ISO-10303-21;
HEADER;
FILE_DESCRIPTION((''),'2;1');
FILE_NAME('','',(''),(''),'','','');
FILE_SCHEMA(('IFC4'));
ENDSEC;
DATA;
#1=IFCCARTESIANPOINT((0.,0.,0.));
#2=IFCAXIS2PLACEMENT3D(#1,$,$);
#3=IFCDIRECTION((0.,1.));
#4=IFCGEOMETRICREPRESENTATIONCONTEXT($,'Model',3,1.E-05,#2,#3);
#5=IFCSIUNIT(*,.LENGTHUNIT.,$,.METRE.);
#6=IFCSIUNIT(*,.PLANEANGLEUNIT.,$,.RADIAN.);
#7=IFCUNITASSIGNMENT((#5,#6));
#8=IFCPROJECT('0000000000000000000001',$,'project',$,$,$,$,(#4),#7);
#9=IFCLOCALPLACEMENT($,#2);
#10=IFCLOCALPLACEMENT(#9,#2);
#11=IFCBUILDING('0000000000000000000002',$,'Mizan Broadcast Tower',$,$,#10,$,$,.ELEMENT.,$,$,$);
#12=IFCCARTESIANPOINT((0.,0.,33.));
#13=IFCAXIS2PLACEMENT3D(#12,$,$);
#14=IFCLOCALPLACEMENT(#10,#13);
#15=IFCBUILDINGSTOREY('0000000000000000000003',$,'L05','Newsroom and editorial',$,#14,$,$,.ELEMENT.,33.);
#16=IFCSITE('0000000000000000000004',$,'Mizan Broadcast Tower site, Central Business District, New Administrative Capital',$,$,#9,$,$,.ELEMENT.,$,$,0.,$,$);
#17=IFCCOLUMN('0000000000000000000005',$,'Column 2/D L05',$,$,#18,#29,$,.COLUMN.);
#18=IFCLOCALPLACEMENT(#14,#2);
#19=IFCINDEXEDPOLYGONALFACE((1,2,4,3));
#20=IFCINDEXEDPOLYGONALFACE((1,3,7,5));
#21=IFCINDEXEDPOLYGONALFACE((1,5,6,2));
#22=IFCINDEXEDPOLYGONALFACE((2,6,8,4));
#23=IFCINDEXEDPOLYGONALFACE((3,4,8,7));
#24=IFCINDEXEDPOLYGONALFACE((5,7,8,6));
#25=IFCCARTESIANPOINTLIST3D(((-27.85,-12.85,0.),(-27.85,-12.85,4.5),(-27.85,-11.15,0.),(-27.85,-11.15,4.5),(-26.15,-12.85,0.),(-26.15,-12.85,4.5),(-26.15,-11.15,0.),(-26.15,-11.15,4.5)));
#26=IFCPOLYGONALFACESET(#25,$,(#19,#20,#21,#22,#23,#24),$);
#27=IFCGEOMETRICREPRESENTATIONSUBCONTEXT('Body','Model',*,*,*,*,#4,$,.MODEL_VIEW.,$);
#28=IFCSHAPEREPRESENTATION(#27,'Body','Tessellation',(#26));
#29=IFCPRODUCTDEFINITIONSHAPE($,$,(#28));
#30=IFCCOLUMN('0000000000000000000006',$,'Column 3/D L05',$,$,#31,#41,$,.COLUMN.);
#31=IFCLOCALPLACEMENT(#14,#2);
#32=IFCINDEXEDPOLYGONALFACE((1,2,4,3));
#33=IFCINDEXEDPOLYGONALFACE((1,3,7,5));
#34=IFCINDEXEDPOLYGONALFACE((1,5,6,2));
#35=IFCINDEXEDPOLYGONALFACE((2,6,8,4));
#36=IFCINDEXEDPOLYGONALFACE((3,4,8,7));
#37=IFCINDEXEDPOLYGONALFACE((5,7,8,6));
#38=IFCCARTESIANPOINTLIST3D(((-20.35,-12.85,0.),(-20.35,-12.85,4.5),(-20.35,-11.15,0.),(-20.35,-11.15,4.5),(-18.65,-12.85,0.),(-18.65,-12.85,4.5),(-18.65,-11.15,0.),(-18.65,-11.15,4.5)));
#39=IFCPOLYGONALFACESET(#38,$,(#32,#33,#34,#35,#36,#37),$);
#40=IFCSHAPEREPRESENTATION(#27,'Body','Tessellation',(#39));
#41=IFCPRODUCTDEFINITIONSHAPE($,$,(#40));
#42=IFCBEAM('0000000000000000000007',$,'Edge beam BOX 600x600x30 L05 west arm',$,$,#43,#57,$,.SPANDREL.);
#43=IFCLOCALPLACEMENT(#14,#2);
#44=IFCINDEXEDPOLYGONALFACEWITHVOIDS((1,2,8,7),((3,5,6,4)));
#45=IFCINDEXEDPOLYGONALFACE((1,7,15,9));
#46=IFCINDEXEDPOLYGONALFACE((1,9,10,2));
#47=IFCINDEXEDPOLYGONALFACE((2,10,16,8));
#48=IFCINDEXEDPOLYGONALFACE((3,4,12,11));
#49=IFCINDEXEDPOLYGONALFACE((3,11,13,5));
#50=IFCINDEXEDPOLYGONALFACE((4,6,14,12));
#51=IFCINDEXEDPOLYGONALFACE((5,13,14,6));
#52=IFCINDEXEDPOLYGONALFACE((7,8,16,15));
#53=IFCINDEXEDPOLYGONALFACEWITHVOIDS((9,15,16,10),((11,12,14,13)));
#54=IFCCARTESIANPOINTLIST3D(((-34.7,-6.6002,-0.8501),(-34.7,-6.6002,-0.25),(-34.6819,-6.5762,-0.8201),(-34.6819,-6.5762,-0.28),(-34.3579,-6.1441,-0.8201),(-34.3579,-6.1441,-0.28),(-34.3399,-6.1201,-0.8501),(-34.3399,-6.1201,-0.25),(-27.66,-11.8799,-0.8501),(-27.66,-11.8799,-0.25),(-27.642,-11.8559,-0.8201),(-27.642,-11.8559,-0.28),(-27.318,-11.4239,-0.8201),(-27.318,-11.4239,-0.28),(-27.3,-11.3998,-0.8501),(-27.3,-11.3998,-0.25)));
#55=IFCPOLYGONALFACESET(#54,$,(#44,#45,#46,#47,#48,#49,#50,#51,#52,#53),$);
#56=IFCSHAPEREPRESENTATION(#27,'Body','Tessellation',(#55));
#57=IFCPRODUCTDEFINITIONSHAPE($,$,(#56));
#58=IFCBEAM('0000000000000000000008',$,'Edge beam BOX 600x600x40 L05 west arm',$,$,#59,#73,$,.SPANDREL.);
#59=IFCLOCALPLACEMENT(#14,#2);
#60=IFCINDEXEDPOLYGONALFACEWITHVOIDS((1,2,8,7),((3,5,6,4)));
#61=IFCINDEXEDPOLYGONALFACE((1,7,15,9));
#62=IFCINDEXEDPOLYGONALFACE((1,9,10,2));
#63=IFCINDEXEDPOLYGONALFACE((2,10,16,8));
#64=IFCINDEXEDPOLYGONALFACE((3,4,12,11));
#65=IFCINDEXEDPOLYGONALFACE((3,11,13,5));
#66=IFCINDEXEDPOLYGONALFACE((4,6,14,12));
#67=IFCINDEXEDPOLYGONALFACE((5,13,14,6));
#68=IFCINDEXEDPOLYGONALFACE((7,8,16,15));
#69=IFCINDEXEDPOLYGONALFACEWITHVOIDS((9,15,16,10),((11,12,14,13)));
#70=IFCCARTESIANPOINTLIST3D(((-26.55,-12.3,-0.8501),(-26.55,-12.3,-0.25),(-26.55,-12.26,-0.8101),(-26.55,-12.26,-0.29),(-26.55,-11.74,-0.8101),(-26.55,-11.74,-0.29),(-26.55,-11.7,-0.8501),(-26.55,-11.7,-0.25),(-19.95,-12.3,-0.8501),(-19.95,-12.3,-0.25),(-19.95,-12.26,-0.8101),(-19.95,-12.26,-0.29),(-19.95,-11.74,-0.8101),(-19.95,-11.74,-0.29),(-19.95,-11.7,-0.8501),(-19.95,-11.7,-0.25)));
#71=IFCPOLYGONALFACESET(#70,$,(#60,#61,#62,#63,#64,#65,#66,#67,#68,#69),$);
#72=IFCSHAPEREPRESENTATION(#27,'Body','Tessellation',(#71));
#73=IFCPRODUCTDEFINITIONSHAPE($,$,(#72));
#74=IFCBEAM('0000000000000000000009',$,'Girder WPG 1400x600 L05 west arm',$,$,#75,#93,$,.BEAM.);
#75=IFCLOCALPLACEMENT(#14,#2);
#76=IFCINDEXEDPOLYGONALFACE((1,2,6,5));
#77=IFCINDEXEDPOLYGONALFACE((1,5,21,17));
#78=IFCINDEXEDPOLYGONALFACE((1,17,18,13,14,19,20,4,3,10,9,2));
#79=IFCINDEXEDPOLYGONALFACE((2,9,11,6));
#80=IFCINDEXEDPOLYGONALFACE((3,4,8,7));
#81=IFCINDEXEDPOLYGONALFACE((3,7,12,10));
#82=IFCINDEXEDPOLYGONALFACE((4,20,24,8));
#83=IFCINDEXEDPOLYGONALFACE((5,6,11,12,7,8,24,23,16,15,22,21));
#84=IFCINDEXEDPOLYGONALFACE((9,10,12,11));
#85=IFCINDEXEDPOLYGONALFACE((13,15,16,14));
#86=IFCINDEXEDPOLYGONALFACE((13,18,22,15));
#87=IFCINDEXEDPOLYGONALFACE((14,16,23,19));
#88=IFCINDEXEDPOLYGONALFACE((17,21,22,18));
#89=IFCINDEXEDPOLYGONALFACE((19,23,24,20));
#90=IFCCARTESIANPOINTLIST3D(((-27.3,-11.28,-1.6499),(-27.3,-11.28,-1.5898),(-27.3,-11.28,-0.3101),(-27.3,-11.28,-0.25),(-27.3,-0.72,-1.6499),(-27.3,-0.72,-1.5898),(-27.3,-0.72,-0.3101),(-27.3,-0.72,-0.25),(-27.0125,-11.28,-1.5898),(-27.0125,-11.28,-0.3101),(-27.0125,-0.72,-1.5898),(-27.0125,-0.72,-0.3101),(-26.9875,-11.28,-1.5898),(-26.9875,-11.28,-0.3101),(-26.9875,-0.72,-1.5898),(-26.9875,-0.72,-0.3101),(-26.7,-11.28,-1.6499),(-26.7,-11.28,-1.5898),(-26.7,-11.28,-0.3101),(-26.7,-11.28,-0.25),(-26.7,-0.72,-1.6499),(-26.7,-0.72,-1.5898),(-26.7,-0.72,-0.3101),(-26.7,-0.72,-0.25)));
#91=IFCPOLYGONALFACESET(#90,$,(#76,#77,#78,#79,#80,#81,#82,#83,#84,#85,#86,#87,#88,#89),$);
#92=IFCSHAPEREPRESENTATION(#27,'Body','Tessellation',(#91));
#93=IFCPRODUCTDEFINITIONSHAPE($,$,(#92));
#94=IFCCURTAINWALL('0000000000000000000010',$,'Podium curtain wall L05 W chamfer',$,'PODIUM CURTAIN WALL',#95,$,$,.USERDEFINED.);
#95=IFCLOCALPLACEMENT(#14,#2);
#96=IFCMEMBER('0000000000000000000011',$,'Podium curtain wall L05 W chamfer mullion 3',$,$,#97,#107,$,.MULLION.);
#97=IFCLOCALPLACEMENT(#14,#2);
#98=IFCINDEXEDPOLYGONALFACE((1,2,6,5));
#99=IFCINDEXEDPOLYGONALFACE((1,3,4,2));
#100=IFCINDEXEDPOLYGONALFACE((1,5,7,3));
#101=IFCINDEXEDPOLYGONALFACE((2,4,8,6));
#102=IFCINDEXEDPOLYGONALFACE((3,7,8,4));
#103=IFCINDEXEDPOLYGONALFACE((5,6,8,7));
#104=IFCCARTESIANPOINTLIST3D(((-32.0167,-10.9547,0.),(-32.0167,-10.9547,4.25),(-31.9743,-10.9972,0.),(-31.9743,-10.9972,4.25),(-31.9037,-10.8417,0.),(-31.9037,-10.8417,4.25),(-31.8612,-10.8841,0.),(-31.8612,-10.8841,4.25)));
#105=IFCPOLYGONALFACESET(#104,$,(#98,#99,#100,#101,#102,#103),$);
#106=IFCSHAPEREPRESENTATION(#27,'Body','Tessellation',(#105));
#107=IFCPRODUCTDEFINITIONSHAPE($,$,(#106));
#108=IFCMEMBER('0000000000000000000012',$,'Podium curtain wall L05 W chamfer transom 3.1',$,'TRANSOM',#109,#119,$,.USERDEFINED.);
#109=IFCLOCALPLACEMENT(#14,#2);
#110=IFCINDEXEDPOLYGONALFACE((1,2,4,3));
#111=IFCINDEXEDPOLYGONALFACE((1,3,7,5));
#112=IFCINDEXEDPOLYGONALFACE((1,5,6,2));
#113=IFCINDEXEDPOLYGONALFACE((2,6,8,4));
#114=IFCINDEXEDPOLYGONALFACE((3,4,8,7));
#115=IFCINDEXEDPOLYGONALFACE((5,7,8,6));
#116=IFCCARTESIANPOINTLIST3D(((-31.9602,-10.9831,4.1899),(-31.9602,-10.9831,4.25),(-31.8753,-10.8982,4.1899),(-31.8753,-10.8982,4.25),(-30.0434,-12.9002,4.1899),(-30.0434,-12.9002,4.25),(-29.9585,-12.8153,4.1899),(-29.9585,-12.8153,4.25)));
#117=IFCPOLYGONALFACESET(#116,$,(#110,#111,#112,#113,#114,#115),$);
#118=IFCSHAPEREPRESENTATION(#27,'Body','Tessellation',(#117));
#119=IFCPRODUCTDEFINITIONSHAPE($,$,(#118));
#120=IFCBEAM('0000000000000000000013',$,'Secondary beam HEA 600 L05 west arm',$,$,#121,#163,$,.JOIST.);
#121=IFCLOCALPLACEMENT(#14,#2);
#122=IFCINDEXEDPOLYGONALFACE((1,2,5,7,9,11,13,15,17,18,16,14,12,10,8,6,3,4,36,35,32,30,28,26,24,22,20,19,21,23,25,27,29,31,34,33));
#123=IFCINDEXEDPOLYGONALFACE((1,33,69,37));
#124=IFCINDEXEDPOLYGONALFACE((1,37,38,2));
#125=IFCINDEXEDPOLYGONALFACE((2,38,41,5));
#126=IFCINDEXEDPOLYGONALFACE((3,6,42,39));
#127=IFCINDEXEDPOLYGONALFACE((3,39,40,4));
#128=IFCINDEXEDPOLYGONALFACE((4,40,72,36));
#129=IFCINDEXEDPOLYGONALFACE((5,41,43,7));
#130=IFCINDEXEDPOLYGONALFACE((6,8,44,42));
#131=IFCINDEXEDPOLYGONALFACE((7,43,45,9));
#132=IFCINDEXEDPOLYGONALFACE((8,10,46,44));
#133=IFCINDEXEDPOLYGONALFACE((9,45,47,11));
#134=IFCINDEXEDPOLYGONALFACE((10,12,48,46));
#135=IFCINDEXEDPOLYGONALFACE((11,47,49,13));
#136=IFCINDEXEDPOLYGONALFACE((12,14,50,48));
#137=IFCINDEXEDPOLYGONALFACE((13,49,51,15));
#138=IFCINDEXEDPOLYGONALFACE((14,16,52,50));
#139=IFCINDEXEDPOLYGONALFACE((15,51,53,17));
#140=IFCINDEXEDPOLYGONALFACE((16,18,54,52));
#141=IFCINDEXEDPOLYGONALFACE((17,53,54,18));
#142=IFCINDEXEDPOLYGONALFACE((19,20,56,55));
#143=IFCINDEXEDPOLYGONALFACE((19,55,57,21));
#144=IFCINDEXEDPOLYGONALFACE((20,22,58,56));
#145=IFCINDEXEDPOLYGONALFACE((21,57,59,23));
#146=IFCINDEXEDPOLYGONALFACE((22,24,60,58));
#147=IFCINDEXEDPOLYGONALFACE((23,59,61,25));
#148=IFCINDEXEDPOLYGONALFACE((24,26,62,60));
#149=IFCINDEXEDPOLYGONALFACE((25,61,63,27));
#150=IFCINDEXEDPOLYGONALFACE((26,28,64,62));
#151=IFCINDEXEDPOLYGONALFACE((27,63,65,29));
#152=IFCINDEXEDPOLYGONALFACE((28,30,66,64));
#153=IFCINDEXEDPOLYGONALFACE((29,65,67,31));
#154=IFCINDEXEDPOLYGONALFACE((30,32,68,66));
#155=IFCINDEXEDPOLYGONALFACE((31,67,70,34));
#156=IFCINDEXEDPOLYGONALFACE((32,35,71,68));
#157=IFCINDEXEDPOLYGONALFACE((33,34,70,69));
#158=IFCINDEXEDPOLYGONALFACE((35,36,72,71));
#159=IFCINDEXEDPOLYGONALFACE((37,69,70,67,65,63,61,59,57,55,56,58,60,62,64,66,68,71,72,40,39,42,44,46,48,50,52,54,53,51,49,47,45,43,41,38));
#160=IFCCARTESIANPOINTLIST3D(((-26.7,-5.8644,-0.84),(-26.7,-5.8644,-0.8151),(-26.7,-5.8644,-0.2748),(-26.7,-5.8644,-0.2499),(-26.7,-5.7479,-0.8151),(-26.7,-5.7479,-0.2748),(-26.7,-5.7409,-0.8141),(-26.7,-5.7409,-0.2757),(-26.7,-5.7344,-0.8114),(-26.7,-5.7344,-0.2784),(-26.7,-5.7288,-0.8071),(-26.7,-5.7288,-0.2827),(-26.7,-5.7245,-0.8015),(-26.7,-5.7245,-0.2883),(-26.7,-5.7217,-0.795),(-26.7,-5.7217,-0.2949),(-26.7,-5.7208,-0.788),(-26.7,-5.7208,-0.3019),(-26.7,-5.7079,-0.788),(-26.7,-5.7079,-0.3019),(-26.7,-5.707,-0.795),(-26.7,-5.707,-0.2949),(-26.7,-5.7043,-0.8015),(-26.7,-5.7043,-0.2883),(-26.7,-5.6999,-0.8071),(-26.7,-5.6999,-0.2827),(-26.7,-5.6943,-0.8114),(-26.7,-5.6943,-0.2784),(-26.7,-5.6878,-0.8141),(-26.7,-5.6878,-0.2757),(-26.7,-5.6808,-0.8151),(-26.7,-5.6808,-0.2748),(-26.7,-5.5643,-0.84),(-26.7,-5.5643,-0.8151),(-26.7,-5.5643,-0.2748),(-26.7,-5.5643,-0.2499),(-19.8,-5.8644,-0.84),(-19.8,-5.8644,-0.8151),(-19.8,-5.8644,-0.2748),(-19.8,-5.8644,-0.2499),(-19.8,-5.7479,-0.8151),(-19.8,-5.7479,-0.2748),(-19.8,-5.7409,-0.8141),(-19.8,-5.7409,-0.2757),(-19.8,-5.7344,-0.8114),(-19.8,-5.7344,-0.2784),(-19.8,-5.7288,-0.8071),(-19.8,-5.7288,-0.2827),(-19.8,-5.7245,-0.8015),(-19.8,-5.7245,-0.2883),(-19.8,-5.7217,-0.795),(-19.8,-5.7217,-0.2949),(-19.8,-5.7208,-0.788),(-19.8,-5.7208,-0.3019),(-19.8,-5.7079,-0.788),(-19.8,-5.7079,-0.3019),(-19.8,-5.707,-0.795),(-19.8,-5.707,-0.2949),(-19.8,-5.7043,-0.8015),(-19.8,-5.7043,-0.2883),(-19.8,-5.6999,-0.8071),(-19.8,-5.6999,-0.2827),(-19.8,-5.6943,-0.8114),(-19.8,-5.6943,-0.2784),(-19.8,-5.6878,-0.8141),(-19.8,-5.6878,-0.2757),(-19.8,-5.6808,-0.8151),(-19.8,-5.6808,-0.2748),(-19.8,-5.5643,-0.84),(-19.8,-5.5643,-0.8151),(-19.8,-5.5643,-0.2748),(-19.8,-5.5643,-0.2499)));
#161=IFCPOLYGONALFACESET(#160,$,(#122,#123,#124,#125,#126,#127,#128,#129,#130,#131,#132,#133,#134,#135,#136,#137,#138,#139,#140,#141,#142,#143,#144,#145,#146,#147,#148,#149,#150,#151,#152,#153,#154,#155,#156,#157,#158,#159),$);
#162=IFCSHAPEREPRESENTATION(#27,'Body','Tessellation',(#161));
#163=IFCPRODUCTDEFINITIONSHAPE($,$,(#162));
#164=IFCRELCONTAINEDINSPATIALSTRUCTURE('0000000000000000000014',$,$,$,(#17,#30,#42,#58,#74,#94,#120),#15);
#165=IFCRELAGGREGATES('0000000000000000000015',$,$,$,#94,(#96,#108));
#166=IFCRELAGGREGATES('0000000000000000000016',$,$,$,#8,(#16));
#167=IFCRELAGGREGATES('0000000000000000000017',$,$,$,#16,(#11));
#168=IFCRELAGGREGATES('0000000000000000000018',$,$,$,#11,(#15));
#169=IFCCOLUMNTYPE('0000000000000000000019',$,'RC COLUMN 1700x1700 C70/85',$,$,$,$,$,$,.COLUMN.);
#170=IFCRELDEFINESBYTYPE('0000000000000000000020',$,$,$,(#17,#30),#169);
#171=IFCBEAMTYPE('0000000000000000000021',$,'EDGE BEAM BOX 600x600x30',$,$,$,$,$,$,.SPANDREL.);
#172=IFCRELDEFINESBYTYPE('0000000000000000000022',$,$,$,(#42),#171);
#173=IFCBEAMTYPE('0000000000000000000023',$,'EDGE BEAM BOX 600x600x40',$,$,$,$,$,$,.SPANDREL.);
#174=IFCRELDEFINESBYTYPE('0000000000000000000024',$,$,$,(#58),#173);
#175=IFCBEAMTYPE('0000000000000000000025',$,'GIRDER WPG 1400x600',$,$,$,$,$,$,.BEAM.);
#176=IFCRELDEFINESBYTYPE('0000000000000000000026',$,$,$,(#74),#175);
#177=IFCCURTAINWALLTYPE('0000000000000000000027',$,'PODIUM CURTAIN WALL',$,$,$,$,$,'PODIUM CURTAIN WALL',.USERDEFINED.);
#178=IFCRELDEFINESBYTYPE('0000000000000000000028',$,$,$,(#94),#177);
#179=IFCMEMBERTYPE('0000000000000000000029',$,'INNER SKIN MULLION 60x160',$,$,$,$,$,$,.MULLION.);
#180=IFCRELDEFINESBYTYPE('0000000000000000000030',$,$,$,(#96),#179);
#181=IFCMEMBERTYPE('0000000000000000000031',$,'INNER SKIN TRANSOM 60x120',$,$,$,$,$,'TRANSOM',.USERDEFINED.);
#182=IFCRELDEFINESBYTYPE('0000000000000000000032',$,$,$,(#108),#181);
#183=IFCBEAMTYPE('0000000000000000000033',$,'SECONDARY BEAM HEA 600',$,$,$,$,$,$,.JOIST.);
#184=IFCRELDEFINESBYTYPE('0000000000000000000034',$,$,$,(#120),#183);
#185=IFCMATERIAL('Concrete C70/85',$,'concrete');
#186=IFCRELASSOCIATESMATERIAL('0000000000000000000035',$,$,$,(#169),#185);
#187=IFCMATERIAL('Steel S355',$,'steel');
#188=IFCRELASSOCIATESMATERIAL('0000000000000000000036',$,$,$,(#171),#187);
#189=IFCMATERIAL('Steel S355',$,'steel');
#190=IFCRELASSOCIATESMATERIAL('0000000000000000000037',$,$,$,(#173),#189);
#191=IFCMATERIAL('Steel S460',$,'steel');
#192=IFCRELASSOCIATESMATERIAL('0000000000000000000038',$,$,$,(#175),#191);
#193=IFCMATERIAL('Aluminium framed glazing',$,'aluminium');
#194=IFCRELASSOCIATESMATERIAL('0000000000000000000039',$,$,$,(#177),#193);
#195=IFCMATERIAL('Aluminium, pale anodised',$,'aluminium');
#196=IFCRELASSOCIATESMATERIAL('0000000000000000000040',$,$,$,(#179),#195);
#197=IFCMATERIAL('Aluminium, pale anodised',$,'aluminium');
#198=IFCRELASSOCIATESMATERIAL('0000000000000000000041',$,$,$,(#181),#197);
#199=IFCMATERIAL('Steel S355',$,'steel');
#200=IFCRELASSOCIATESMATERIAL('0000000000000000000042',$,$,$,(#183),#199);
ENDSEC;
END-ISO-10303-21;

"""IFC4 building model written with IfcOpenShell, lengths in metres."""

from ifc_helpers import new_model, si_unit, direction, frame, origin, origin_2d, place, context, subcontext, project, spatial, rectangle, hollow_rectangle, i_section, extrude, material, material_profile, profile_set, type_object, element, aggregate, save


model = new_model("IFC4")

# Units and contexts
model_context = context("Model", 3, precision=1e-05, world=origin(), true_north=direction((0.0, 1.0)))
body_context = subcontext(model_context, "Body", "Model", "MODEL_VIEW")
ifc_project = project(units=[si_unit("LENGTHUNIT", "METRE"), si_unit("PLANEANGLEUNIT", "RADIAN")], contexts=[model_context])

# Site, building, storey
site_placement = place(None, origin())
site = spatial("IfcSite", under=ifc_project, at=site_placement, Name="Mizan Broadcast Tower site, Central Business District, New Administrative Capital", CompositionType="ELEMENT", RefElevation=0.0)
building_placement = place(site_placement, origin())
building = spatial("IfcBuilding", under=site, at=building_placement, Name="Mizan Broadcast Tower", CompositionType="ELEMENT")
storey_placement = place(building_placement, frame((0.0, 0.0, 33.0)))
storey = spatial("IfcBuildingStorey", under=building, at=storey_placement, Name="L05", Description="Newsroom and editorial", CompositionType="ELEMENT", Elevation=33.0)

# Columns
ifc_material_1 = material(Name="Concrete C70/85", Category="concrete")
ifc_material_profile_1 = material_profile(ifc_material_1, rectangle(XDim=1.7, YDim=1.7, at=origin_2d()), Name="RC 1700x1700")
ifc_profile_set_1 = profile_set([ifc_material_profile_1], Name="Concrete C70/85")
column_type = type_object("IfcColumnType", Name="RC COLUMN 1700x1700 C70/85", PredefinedType="COLUMN", material=ifc_profile_set_1)
for number, where, z_axis, x_axis, name in (
    (1, (-27.0, -12.0, 0.0), (0.0, 0.0, 1.0), (1.0, 0.0, 0.0), "Column 2/D L05"),
    (2, (-19.5, -12.0, 0.0), (0.0, 0.0, 1.0), (1.0, 0.0, 0.0), "Column 3/D L05"),
):
    element("IfcColumn", number, at=place(storey_placement, frame(where, z_axis=z_axis, x_axis=x_axis)), inside=storey, type_object=column_type, Name=name, PredefinedType="COLUMN", context=body_context, shape_type="SweptSolid", body=[
        extrude(rectangle(XDim=1.7, YDim=1.7, at=origin_2d()), origin(), (0.0, 0.0, 1.0), 4.5),
    ])

# Beams
ifc_material_2 = material(Name="Steel S355", Category="steel")
ifc_material_profile_2 = material_profile(ifc_material_2, hollow_rectangle(XDim=0.6001, YDim=0.6001, WallThickness=0.03, at=origin_2d()), Name="BOX 600x600x30")
ifc_profile_set_2 = profile_set([ifc_material_profile_2], Name="Steel S355")
beam_type_1 = type_object("IfcBeamType", Name="EDGE BEAM BOX 600x600x30", PredefinedType="SPANDREL", material=ifc_profile_set_2)
beam_1_placement = place(storey_placement, frame((-27.48, -11.6399, -0.55), z_axis=(-0.800013, 0.599982, 0.0), x_axis=(-0.599982, -0.800013, 0.0)))
element("IfcBeam", 3, at=beam_1_placement, inside=storey, type_object=beam_type_1, Name="Edge beam BOX 600x600x30 L05 west arm", PredefinedType="SPANDREL", context=body_context, shape_type="SweptSolid", body=[
    extrude(hollow_rectangle(XDim=0.6001, YDim=0.6001, WallThickness=0.03, at=origin_2d()), origin(), (0.0, 0.0, 1.0), 8.7998),
])
ifc_material_3 = material(Name="Steel S355", Category="steel")
ifc_material_profile_3 = material_profile(ifc_material_3, hollow_rectangle(XDim=0.6001, YDim=0.6001, WallThickness=0.04, at=origin_2d()), Name="BOX 600x600x40")
ifc_profile_set_3 = profile_set([ifc_material_profile_3], Name="Steel S355")
beam_type_2 = type_object("IfcBeamType", Name="EDGE BEAM BOX 600x600x40", PredefinedType="SPANDREL", material=ifc_profile_set_3)
beam_2_placement = place(storey_placement, frame((-19.95, -12.0, -0.55), z_axis=(-1.0, 0.0, 0.0), x_axis=(0.0, -1.0, 0.0)))
element("IfcBeam", 4, at=beam_2_placement, inside=storey, type_object=beam_type_2, Name="Edge beam BOX 600x600x40 L05 west arm", PredefinedType="SPANDREL", context=body_context, shape_type="SweptSolid", body=[
    extrude(hollow_rectangle(XDim=0.6001, YDim=0.6001, WallThickness=0.04, at=origin_2d()), origin(), (0.0, 0.0, 1.0), 6.6001),
])
ifc_material_4 = material(Name="Steel S460", Category="steel")
ifc_material_profile_4 = material_profile(ifc_material_4, i_section(OverallWidth=0.6001, OverallDepth=1.3999, WebThickness=0.0249, FlangeThickness=0.0601, at=origin_2d()), Name="WPG 1400x600")
ifc_profile_set_4 = profile_set([ifc_material_profile_4], Name="Steel S460")
beam_type_3 = type_object("IfcBeamType", Name="GIRDER WPG 1400x600", PredefinedType="BEAM", material=ifc_profile_set_4)
beam_3_placement = place(storey_placement, frame((-27.0, -0.72, -0.95), z_axis=(0.0, -1.0, 0.0), x_axis=(1.0, 0.0, 0.0)))
element("IfcBeam", 5, at=beam_3_placement, inside=storey, type_object=beam_type_3, Name="Girder WPG 1400x600 L05 west arm", PredefinedType="BEAM", context=body_context, shape_type="SweptSolid", body=[
    extrude(i_section(OverallWidth=0.6001, OverallDepth=1.3999, WebThickness=0.0249, FlangeThickness=0.0601, at=origin_2d()), origin(), (0.0, 0.0, 1.0), 10.5601),
])

# Curtain wall, members
ifc_material_5 = material(Name="Aluminium framed glazing", Category="aluminium")
curtain_wall_type_1 = type_object("IfcCurtainWallType", Name="PODIUM CURTAIN WALL", ElementType="PODIUM CURTAIN WALL", PredefinedType="USERDEFINED", material=ifc_material_5)
curtain_wall_1_placement = place(storey_placement, origin())
curtain_wall_1 = element("IfcCurtainWall", 6, at=curtain_wall_1_placement, inside=storey, type_object=curtain_wall_type_1, Name="Podium curtain wall L05 W chamfer", ObjectType="PODIUM CURTAIN WALL", PredefinedType="USERDEFINED")
ifc_material_6 = material(Name="Aluminium, pale anodised", Category="aluminium")
ifc_material_profile_5 = material_profile(ifc_material_6, rectangle(XDim=0.1599, YDim=0.0601, at=origin_2d()), Name="MULLION 160x60")
ifc_profile_set_5 = profile_set([ifc_material_profile_5], Name="Aluminium, pale anodised")
member_type_1 = type_object("IfcMemberType", Name="INNER SKIN MULLION 60x160", PredefinedType="MULLION", material=ifc_profile_set_5)
member_1_placement = place(storey_placement, frame((-31.939, -10.9194, 0.0), z_axis=(0.0, 0.0, 1.0), x_axis=(0.707107, 0.707107, 0.0)))
member_1 = element("IfcMember", 7, at=member_1_placement, type_object=member_type_1, Name="Podium curtain wall L05 W chamfer mullion 3", PredefinedType="MULLION", context=body_context, shape_type="SweptSolid", body=[
    extrude(rectangle(XDim=0.1599, YDim=0.0601, at=origin_2d()), origin(), (0.0, 0.0, 1.0), 4.25),
])
ifc_material_7 = material(Name="Aluminium, pale anodised", Category="aluminium")
ifc_material_profile_6 = material_profile(ifc_material_7, rectangle(XDim=0.1201, YDim=0.0601, at=origin_2d()), Name="TRANSOM 120x60")
ifc_profile_set_6 = profile_set([ifc_material_profile_6], Name="Aluminium, pale anodised")
member_type_2 = type_object("IfcMemberType", Name="INNER SKIN TRANSOM 60x120", ElementType="TRANSOM", PredefinedType="USERDEFINED", material=ifc_profile_set_6)
member_2_placement = place(storey_placement, frame((-31.9177, -10.9407, 4.22), z_axis=(0.707062, -0.707152, 0.0), x_axis=(0.707152, 0.707062, 0.0)))
member_2 = element("IfcMember", 8, at=member_2_placement, type_object=member_type_2, Name="Podium curtain wall L05 W chamfer transom 3.1", ObjectType="TRANSOM", PredefinedType="USERDEFINED", context=body_context, shape_type="SweptSolid", body=[
    extrude(rectangle(XDim=0.1201, YDim=0.0601, at=origin_2d()), origin(), (0.0, 0.0, 1.0), 2.7109),
])

# Beam
ifc_material_8 = material(Name="Steel S355", Category="steel")
ifc_material_profile_7 = material_profile(ifc_material_8, i_section(OverallWidth=0.3, OverallDepth=0.5901, WebThickness=0.0129, FlangeThickness=0.0249, FilletRadius=0.0271, at=origin_2d()), Name="HEA 600")
ifc_profile_set_7 = profile_set([ifc_material_profile_7], Name="Steel S355")
beam_type_4 = type_object("IfcBeamType", Name="SECONDARY BEAM HEA 600", PredefinedType="JOIST", material=ifc_profile_set_7)
beam_4_placement = place(storey_placement, frame((-19.8, -5.7144, -0.5449), z_axis=(-1.0, 0.0, 0.0), x_axis=(0.0, -1.0, 0.0)))
element("IfcBeam", 9, at=beam_4_placement, inside=storey, type_object=beam_type_4, Name="Secondary beam HEA 600 L05 west arm", PredefinedType="JOIST", context=body_context, shape_type="SweptSolid", body=[
    extrude(i_section(OverallWidth=0.3, OverallDepth=0.5901, WebThickness=0.0129, FlangeThickness=0.0249, FilletRadius=0.0271, at=origin_2d()), origin(), (0.0, 0.0, 1.0), 6.8999),
])

aggregate(curtain_wall_1, [member_1, member_2])

save(model, "model.ifc")
